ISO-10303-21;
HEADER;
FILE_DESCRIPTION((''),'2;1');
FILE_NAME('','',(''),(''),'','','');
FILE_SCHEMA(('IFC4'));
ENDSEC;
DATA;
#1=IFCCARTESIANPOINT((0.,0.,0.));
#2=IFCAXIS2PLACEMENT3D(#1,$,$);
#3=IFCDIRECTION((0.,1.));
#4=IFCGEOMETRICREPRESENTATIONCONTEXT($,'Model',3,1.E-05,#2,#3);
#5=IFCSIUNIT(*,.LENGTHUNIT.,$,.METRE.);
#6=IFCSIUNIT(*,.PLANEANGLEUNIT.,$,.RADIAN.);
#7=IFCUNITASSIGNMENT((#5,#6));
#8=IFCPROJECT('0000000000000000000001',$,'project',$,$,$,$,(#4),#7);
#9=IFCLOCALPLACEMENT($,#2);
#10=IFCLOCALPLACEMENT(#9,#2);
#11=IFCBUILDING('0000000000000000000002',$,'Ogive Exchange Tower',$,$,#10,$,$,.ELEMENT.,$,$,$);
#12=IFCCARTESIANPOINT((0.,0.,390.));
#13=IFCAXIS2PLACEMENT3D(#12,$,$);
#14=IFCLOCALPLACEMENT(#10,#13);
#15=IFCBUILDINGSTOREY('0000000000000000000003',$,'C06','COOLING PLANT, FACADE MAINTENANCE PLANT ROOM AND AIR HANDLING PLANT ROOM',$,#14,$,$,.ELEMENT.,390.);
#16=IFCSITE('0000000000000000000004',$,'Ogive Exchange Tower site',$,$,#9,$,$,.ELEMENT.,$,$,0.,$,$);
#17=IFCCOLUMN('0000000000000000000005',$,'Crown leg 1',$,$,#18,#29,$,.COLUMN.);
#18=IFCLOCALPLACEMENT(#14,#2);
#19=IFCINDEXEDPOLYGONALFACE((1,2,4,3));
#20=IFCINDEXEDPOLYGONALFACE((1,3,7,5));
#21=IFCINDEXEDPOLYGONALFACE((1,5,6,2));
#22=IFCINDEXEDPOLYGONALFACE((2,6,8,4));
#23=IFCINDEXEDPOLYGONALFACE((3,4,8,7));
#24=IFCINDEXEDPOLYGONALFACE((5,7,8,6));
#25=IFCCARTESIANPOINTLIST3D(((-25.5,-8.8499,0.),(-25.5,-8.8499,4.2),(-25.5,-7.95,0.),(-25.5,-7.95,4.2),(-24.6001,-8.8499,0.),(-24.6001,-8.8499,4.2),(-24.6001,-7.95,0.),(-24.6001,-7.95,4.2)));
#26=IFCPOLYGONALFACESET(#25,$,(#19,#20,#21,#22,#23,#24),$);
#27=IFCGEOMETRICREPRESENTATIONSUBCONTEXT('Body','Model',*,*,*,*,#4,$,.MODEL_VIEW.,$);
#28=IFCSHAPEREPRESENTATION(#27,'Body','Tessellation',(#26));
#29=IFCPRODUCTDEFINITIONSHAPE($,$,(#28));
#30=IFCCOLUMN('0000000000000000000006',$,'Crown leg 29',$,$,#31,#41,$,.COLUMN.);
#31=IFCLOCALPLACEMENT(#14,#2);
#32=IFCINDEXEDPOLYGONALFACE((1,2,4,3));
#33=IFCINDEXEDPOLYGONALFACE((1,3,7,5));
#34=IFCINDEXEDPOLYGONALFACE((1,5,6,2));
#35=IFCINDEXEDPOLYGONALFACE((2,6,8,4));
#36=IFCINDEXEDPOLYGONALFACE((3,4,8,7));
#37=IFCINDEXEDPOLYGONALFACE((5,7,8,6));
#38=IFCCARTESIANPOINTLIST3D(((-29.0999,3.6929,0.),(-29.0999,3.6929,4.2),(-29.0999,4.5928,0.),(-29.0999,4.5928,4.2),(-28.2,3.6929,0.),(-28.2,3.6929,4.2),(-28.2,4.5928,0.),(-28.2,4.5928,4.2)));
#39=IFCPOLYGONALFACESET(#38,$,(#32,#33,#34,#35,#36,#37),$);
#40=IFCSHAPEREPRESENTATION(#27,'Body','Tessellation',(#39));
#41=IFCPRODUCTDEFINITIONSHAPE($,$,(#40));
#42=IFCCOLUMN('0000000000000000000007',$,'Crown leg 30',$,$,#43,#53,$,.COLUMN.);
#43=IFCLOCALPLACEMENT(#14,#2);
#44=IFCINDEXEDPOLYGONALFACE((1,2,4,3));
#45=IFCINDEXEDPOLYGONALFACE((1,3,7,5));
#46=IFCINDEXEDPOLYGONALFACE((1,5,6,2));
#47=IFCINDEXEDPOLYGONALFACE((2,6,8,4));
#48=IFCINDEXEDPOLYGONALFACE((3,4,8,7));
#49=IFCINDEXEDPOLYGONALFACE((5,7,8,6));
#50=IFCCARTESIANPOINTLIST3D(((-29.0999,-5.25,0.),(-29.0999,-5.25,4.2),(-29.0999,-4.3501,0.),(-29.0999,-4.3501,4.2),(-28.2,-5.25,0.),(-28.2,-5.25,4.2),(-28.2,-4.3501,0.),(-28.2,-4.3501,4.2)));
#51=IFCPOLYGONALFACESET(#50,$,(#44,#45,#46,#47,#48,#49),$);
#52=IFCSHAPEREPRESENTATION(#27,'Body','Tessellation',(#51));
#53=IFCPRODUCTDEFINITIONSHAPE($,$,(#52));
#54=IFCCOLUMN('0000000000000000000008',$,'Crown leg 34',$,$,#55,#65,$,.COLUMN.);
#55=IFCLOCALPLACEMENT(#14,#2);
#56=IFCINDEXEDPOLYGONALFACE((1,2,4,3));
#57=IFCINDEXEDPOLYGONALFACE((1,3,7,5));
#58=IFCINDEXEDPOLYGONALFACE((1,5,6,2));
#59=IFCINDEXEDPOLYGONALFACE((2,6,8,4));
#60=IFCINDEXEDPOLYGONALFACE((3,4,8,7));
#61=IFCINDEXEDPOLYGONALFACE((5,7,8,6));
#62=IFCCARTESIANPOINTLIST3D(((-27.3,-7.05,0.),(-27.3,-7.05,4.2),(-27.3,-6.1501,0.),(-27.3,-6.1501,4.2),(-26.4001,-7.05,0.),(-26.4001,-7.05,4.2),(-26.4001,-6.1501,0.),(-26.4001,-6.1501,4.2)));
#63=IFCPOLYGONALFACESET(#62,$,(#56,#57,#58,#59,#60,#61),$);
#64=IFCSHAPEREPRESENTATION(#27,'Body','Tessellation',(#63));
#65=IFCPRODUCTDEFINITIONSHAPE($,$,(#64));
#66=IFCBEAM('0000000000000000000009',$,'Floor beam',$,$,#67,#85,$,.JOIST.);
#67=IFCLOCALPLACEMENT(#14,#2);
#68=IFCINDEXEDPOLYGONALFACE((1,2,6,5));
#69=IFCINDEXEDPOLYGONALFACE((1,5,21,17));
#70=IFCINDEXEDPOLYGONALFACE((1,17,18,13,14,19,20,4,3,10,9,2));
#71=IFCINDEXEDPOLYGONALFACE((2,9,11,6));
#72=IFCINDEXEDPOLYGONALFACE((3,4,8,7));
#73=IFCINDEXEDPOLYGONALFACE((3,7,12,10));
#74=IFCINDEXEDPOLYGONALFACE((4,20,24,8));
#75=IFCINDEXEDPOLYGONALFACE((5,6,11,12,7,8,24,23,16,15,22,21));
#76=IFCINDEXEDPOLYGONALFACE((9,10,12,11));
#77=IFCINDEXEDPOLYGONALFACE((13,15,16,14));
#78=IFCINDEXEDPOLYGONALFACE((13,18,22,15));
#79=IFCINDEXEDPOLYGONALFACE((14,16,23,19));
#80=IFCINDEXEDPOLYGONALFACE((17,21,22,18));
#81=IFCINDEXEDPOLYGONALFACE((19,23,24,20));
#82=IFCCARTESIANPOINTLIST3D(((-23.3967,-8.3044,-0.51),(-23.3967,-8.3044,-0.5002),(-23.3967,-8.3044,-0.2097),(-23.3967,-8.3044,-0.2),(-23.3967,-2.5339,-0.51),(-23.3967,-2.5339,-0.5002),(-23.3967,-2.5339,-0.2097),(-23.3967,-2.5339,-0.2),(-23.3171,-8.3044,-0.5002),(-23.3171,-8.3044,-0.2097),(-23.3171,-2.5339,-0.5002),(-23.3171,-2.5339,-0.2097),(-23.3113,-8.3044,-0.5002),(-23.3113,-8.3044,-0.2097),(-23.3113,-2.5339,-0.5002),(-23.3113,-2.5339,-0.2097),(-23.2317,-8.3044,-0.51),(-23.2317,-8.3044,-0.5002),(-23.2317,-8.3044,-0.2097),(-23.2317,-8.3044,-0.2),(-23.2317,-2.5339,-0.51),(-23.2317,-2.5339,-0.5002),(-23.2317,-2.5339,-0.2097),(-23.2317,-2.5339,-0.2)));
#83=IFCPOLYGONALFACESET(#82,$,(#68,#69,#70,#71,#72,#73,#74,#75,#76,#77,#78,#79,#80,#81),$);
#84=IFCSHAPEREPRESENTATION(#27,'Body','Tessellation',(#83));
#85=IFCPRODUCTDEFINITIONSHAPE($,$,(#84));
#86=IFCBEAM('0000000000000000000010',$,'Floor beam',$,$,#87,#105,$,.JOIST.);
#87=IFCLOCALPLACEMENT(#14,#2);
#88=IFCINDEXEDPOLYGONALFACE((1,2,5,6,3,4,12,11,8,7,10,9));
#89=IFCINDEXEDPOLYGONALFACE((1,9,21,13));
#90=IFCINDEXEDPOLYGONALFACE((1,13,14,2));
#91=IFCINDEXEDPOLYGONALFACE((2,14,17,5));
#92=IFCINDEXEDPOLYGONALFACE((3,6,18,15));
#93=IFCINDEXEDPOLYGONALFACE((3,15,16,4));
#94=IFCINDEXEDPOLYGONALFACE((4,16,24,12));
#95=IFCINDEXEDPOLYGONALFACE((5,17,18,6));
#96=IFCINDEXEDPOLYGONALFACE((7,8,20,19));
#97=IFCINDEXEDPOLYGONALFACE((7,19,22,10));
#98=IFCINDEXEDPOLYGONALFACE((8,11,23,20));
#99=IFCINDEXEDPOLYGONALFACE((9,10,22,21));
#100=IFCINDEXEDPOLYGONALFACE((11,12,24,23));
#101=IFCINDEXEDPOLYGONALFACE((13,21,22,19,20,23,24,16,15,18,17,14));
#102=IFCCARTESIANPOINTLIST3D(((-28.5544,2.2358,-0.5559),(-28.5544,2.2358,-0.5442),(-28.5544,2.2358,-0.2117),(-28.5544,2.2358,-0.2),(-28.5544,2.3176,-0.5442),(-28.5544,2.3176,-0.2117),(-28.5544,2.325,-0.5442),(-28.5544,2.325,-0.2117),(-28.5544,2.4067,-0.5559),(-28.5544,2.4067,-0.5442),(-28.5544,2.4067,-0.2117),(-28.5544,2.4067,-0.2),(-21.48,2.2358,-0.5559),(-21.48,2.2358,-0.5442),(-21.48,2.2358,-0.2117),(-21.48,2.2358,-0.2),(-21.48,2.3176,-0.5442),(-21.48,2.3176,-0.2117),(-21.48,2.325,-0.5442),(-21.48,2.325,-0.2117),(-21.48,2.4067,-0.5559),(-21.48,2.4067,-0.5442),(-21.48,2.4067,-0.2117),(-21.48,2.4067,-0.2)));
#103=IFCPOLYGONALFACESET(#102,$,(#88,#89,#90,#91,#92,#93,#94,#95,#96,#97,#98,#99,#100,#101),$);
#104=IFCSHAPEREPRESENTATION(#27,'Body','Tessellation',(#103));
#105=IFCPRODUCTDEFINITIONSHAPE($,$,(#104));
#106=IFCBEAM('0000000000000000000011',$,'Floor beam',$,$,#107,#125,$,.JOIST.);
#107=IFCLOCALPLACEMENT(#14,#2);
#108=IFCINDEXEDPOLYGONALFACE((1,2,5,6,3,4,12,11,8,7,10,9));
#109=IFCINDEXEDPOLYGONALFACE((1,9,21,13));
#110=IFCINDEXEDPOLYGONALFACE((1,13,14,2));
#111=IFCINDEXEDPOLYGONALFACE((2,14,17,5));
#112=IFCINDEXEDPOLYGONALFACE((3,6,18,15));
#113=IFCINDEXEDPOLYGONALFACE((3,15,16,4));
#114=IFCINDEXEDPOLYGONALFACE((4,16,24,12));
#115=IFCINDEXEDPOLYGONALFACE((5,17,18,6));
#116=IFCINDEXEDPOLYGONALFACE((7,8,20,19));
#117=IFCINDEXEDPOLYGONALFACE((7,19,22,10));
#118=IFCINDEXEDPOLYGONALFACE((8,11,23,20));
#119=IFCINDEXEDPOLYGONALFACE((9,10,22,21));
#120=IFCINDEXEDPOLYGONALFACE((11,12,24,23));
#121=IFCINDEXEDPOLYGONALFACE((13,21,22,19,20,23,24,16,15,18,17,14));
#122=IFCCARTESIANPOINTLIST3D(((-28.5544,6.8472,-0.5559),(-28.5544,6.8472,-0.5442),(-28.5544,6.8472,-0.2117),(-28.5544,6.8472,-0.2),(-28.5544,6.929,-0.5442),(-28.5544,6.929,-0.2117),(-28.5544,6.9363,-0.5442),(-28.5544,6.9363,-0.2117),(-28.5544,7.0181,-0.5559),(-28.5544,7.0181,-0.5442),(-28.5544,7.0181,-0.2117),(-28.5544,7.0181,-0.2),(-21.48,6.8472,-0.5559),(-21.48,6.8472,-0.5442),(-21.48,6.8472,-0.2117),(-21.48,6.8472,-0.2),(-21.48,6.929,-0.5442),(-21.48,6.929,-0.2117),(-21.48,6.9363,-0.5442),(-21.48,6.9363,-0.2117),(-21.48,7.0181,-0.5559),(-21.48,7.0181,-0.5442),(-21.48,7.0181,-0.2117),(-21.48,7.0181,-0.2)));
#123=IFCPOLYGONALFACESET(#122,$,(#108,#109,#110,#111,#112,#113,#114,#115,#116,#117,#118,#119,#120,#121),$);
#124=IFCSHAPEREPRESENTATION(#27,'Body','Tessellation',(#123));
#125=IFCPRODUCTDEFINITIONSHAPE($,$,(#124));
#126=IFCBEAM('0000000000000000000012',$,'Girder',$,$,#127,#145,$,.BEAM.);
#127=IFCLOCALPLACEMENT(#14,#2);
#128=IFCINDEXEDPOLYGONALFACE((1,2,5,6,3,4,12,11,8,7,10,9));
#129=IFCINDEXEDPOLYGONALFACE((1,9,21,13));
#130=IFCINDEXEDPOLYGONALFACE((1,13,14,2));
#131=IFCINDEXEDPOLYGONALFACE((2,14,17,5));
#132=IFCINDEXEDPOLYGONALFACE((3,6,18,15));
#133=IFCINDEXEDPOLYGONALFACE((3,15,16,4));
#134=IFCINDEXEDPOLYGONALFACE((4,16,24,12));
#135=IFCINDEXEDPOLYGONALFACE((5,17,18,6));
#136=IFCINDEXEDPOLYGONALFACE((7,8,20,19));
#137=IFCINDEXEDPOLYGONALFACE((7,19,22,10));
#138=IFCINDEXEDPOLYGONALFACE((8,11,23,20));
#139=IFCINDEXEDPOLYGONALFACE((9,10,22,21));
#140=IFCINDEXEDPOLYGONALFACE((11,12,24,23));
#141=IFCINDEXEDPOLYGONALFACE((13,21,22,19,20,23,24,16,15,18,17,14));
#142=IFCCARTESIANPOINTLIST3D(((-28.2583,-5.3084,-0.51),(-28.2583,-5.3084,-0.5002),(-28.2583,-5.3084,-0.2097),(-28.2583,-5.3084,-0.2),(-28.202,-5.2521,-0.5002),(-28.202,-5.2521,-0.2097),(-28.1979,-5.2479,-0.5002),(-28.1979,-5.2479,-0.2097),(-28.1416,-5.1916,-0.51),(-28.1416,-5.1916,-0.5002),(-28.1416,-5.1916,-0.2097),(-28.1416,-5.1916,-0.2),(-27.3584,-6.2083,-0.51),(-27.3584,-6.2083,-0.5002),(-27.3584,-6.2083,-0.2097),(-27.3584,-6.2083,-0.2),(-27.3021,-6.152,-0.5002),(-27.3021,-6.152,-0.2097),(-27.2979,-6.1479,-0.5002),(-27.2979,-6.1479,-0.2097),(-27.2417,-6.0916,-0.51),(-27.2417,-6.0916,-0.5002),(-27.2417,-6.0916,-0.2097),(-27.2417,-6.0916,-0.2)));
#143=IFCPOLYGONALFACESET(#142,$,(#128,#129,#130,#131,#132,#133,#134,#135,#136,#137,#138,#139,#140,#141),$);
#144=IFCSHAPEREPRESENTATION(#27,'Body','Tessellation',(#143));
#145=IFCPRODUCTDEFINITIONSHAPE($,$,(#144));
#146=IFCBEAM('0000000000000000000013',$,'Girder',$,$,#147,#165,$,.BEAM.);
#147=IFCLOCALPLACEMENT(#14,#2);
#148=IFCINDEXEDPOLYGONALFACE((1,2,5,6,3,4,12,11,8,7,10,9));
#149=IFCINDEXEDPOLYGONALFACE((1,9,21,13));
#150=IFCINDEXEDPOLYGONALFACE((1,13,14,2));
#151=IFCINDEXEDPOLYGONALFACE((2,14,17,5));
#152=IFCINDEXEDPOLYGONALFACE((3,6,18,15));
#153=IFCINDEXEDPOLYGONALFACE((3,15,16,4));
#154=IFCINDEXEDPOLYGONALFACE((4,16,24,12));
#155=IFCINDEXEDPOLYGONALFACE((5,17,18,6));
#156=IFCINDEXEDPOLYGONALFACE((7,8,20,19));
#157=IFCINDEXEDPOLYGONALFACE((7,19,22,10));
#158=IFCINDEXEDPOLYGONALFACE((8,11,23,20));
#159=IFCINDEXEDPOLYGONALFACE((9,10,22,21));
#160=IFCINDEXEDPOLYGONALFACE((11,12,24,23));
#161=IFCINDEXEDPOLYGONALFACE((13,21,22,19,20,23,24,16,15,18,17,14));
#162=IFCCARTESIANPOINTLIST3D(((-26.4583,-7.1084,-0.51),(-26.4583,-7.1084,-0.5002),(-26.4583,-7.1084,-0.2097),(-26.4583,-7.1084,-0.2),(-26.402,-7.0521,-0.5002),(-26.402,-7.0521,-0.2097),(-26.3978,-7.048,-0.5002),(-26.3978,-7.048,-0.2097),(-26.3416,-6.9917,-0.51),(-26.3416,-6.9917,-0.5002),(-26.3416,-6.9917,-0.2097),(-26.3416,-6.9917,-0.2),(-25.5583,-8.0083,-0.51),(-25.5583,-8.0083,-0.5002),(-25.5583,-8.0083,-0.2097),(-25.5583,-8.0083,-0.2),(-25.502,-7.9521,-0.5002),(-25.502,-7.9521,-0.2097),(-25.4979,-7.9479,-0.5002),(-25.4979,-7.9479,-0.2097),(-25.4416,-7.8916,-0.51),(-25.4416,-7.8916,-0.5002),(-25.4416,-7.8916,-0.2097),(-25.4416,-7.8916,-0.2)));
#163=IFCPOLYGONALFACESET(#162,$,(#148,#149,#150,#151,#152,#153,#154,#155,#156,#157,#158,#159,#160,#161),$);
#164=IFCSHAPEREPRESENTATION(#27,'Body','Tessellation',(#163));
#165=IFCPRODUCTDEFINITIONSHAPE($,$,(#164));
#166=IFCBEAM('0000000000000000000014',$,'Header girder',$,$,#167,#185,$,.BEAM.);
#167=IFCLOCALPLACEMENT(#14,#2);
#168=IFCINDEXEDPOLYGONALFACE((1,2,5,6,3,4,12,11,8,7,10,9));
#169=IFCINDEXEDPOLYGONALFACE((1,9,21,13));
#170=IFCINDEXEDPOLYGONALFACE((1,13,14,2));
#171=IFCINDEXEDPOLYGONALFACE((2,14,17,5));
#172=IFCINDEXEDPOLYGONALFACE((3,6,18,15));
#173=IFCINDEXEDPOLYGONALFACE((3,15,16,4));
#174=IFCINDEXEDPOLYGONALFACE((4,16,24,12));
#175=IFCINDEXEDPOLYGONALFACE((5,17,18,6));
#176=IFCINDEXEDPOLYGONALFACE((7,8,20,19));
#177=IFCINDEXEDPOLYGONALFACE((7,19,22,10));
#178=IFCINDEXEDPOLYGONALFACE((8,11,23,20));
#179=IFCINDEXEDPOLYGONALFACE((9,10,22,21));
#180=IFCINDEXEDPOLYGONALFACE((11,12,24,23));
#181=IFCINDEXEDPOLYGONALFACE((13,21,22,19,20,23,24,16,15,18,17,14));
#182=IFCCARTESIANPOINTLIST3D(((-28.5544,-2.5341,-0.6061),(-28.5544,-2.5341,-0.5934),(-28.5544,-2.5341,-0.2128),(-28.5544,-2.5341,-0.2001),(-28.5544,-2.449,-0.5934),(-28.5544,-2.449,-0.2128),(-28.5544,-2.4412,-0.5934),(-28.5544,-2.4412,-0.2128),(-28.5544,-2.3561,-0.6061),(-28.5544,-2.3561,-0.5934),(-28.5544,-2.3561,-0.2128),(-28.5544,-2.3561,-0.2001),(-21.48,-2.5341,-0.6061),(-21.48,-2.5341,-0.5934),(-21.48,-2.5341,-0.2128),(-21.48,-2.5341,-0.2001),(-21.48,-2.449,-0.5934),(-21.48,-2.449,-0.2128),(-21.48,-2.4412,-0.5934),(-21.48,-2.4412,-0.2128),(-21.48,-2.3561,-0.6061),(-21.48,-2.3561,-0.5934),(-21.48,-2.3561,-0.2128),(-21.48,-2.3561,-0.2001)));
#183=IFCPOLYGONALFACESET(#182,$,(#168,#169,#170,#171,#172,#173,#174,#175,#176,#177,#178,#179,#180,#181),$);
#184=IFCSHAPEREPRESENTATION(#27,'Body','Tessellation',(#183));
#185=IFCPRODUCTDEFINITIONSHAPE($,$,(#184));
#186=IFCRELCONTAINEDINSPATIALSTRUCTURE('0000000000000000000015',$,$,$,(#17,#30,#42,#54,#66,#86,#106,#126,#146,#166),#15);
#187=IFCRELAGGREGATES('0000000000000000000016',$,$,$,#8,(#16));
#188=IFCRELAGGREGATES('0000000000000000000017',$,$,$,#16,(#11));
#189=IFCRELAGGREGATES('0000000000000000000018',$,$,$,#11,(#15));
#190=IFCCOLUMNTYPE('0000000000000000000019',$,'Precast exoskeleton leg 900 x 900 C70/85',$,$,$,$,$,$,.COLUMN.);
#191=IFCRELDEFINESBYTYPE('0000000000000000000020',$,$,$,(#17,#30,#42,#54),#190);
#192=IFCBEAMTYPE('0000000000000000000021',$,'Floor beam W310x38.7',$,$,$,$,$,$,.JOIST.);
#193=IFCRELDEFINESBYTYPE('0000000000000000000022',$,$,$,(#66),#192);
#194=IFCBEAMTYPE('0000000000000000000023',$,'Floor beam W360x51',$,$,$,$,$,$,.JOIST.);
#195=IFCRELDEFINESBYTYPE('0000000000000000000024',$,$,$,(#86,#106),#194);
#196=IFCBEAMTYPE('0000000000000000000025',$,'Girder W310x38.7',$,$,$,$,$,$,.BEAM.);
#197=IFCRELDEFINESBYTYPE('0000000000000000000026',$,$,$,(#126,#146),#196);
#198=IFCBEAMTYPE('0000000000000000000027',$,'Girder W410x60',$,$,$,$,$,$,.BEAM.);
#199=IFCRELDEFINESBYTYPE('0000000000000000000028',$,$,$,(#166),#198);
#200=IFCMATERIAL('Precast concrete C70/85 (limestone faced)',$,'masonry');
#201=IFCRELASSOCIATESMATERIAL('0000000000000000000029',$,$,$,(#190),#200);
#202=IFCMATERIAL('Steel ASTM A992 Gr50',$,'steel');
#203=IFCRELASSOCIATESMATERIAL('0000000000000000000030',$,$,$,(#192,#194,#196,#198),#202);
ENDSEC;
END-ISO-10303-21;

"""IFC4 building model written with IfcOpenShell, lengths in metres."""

from ifc_helpers import new_model, si_unit, direction, frame, origin, origin_2d, place, context, subcontext, project, spatial, rectangle, i_section, extrude, material, material_profile, profile_set, type_object, element, save


model = new_model("IFC4")

# Units and contexts
model_context = context("Model", 3, precision=1e-05, world=origin(), true_north=direction((0.0, 1.0)))
body_context = subcontext(model_context, "Body", "Model", "MODEL_VIEW")
ifc_project = project(units=[si_unit("LENGTHUNIT", "METRE"), si_unit("PLANEANGLEUNIT", "RADIAN")], contexts=[model_context])

# Site, building, storey
site_placement = place(None, origin())
site = spatial("IfcSite", under=ifc_project, at=site_placement, Name="Ogive Exchange Tower site", CompositionType="ELEMENT", RefElevation=0.0)
building_placement = place(site_placement, origin())
building = spatial("IfcBuilding", under=site, at=building_placement, Name="Ogive Exchange Tower", CompositionType="ELEMENT")
storey_placement = place(building_placement, frame((0.0, 0.0, 390.0)))
storey = spatial("IfcBuildingStorey", under=building, at=storey_placement, Name="C06", Description="COOLING PLANT, FACADE MAINTENANCE PLANT ROOM AND AIR HANDLING PLANT ROOM", CompositionType="ELEMENT", Elevation=390.0)

# Columns
ifc_material_1 = material(Name="Precast concrete C70/85 (limestone faced)", Category="masonry")
ifc_material_profile_1 = material_profile(ifc_material_1, rectangle(XDim=0.8999, YDim=0.8999, at=origin_2d()), Name="900 x 900")
ifc_profile_set_1 = profile_set([ifc_material_profile_1], Name="Precast concrete C70/85 (limestone faced)")
column_type = type_object("IfcColumnType", Name="Precast exoskeleton leg 900 x 900 C70/85", PredefinedType="COLUMN", material=ifc_profile_set_1)
for number, where, z_axis, x_axis, name in (
    (1, (-25.05, -8.3999, 0.0), (0.0, 0.0, 1.0), (1.0, 0.0, 0.0), "Crown leg 1"),
    (2, (-28.6499, 4.1428, 0.0), (0.0, 0.0, 1.0), (1.0, 0.0, 0.0), "Crown leg 29"),
    (3, (-28.6499, -4.8, 0.0), (0.0, 0.0, 1.0), (1.0, 0.0, 0.0), "Crown leg 30"),
    (4, (-26.8501, -6.6001, 0.0), (0.0, 0.0, 1.0), (1.0, 0.0, 0.0), "Crown leg 34"),
):
    element("IfcColumn", number, at=place(storey_placement, frame(where, z_axis=z_axis, x_axis=x_axis)), inside=storey, type_object=column_type, Name=name, PredefinedType="COLUMN", context=body_context, shape_type="SweptSolid", body=[
        extrude(rectangle(XDim=0.8999, YDim=0.8999, at=origin_2d()), origin(), (0.0, 0.0, 1.0), 4.2),
    ])

# Beams
ifc_material_2 = material(Name="Steel ASTM A992 Gr50", Category="steel")
ifc_material_profile_2 = material_profile(ifc_material_2, i_section(OverallWidth=0.165, OverallDepth=0.3101, WebThickness=0.0059, FlangeThickness=0.0098, at=origin_2d()), Name="W310x38.7")
ifc_profile_set_2 = profile_set([ifc_material_profile_2], Name="Steel ASTM A992 Gr50")
beam_type_1 = type_object("IfcBeamType", Name="Floor beam W310x38.7", PredefinedType="JOIST", material=ifc_profile_set_2)
beam_1_placement = place(storey_placement, frame((-23.3142, -8.3044, -0.355), z_axis=(0.0, 1.0, 0.0), x_axis=(-1.0, 0.0, 0.0)))
element("IfcBeam", 5, at=beam_1_placement, inside=storey, type_object=beam_type_1, Name="Floor beam", PredefinedType="JOIST", context=body_context, shape_type="SweptSolid", body=[
    extrude(i_section(OverallWidth=0.165, OverallDepth=0.3101, WebThickness=0.0059, FlangeThickness=0.0098, at=origin_2d()), origin(), (0.0, 0.0, 1.0), 5.7705),
])
ifc_material_profile_3 = material_profile(ifc_material_2, i_section(OverallWidth=0.1709, OverallDepth=0.356, WebThickness=0.0073, FlangeThickness=0.0117, at=origin_2d()), Name="W360x51")
ifc_profile_set_3 = profile_set([ifc_material_profile_3], Name="Steel ASTM A992 Gr50")
beam_type_2 = type_object("IfcBeamType", Name="Floor beam W360x51", PredefinedType="JOIST", material=ifc_profile_set_3)
for number, where, z_axis, x_axis, name in (
    (6, (-28.5544, 2.3213, -0.3779), (1.0, 0.0, 0.0), (0.0, 1.0, 0.0), "Floor beam"),
    (7, (-28.5544, 6.9326, -0.3779), (1.0, 0.0, 0.0), (0.0, 1.0, 0.0), "Floor beam"),
):
    element("IfcBeam", number, at=place(storey_placement, frame(where, z_axis=z_axis, x_axis=x_axis)), inside=storey, type_object=beam_type_2, Name=name, PredefinedType="JOIST", context=body_context, shape_type="SweptSolid", body=[
        extrude(i_section(OverallWidth=0.1709, OverallDepth=0.356, WebThickness=0.0073, FlangeThickness=0.0117, at=origin_2d()), origin(), (0.0, 0.0, 1.0), 7.0745),
    ])
ifc_material_profile_4 = material_profile(ifc_material_2, i_section(OverallWidth=0.165, OverallDepth=0.3101, WebThickness=0.0059, FlangeThickness=0.0098, at=origin_2d()), Name="W310x38.7")
ifc_profile_set_4 = profile_set([ifc_material_profile_4], Name="Steel ASTM A992 Gr50")
beam_type_3 = type_object("IfcBeamType", Name="Girder W310x38.7", PredefinedType="BEAM", material=ifc_profile_set_4)
for number, where, z_axis, x_axis, name in (
    (8, (-28.2, -5.25, -0.355), (0.707107, -0.707107, 0.0), (0.707107, 0.707107, 0.0), "Girder"),
    (9, (-26.3999, -7.05, -0.355), (0.707107, -0.707107, 0.0), (0.707107, 0.707107, 0.0), "Girder"),
):
    element("IfcBeam", number, at=place(storey_placement, frame(where, z_axis=z_axis, x_axis=x_axis)), inside=storey, type_object=beam_type_3, Name=name, PredefinedType="BEAM", context=body_context, shape_type="SweptSolid", body=[
        extrude(i_section(OverallWidth=0.165, OverallDepth=0.3101, WebThickness=0.0059, FlangeThickness=0.0098, at=origin_2d()), origin(), (0.0, 0.0, 1.0), 1.2727),
    ])
ifc_material_profile_5 = material_profile(ifc_material_2, i_section(OverallWidth=0.178, OverallDepth=0.406, WebThickness=0.0078, FlangeThickness=0.0127, at=origin_2d()), Name="W410x60")
ifc_profile_set_5 = profile_set([ifc_material_profile_5], Name="Steel ASTM A992 Gr50")
beam_type_4 = type_object("IfcBeamType", Name="Girder W410x60", PredefinedType="BEAM", material=ifc_profile_set_5)
beam_2_placement = place(storey_placement, frame((-28.5544, -2.4451, -0.4031), z_axis=(1.0, 0.0, 0.0), x_axis=(0.0, 1.0, 0.0)))
element("IfcBeam", 10, at=beam_2_placement, inside=storey, type_object=beam_type_4, Name="Header girder", PredefinedType="BEAM", context=body_context, shape_type="SweptSolid", body=[
    extrude(i_section(OverallWidth=0.178, OverallDepth=0.406, WebThickness=0.0078, FlangeThickness=0.0127, at=origin_2d()), origin(), (0.0, 0.0, 1.0), 7.0745),
])

save(model, "model.ifc")
